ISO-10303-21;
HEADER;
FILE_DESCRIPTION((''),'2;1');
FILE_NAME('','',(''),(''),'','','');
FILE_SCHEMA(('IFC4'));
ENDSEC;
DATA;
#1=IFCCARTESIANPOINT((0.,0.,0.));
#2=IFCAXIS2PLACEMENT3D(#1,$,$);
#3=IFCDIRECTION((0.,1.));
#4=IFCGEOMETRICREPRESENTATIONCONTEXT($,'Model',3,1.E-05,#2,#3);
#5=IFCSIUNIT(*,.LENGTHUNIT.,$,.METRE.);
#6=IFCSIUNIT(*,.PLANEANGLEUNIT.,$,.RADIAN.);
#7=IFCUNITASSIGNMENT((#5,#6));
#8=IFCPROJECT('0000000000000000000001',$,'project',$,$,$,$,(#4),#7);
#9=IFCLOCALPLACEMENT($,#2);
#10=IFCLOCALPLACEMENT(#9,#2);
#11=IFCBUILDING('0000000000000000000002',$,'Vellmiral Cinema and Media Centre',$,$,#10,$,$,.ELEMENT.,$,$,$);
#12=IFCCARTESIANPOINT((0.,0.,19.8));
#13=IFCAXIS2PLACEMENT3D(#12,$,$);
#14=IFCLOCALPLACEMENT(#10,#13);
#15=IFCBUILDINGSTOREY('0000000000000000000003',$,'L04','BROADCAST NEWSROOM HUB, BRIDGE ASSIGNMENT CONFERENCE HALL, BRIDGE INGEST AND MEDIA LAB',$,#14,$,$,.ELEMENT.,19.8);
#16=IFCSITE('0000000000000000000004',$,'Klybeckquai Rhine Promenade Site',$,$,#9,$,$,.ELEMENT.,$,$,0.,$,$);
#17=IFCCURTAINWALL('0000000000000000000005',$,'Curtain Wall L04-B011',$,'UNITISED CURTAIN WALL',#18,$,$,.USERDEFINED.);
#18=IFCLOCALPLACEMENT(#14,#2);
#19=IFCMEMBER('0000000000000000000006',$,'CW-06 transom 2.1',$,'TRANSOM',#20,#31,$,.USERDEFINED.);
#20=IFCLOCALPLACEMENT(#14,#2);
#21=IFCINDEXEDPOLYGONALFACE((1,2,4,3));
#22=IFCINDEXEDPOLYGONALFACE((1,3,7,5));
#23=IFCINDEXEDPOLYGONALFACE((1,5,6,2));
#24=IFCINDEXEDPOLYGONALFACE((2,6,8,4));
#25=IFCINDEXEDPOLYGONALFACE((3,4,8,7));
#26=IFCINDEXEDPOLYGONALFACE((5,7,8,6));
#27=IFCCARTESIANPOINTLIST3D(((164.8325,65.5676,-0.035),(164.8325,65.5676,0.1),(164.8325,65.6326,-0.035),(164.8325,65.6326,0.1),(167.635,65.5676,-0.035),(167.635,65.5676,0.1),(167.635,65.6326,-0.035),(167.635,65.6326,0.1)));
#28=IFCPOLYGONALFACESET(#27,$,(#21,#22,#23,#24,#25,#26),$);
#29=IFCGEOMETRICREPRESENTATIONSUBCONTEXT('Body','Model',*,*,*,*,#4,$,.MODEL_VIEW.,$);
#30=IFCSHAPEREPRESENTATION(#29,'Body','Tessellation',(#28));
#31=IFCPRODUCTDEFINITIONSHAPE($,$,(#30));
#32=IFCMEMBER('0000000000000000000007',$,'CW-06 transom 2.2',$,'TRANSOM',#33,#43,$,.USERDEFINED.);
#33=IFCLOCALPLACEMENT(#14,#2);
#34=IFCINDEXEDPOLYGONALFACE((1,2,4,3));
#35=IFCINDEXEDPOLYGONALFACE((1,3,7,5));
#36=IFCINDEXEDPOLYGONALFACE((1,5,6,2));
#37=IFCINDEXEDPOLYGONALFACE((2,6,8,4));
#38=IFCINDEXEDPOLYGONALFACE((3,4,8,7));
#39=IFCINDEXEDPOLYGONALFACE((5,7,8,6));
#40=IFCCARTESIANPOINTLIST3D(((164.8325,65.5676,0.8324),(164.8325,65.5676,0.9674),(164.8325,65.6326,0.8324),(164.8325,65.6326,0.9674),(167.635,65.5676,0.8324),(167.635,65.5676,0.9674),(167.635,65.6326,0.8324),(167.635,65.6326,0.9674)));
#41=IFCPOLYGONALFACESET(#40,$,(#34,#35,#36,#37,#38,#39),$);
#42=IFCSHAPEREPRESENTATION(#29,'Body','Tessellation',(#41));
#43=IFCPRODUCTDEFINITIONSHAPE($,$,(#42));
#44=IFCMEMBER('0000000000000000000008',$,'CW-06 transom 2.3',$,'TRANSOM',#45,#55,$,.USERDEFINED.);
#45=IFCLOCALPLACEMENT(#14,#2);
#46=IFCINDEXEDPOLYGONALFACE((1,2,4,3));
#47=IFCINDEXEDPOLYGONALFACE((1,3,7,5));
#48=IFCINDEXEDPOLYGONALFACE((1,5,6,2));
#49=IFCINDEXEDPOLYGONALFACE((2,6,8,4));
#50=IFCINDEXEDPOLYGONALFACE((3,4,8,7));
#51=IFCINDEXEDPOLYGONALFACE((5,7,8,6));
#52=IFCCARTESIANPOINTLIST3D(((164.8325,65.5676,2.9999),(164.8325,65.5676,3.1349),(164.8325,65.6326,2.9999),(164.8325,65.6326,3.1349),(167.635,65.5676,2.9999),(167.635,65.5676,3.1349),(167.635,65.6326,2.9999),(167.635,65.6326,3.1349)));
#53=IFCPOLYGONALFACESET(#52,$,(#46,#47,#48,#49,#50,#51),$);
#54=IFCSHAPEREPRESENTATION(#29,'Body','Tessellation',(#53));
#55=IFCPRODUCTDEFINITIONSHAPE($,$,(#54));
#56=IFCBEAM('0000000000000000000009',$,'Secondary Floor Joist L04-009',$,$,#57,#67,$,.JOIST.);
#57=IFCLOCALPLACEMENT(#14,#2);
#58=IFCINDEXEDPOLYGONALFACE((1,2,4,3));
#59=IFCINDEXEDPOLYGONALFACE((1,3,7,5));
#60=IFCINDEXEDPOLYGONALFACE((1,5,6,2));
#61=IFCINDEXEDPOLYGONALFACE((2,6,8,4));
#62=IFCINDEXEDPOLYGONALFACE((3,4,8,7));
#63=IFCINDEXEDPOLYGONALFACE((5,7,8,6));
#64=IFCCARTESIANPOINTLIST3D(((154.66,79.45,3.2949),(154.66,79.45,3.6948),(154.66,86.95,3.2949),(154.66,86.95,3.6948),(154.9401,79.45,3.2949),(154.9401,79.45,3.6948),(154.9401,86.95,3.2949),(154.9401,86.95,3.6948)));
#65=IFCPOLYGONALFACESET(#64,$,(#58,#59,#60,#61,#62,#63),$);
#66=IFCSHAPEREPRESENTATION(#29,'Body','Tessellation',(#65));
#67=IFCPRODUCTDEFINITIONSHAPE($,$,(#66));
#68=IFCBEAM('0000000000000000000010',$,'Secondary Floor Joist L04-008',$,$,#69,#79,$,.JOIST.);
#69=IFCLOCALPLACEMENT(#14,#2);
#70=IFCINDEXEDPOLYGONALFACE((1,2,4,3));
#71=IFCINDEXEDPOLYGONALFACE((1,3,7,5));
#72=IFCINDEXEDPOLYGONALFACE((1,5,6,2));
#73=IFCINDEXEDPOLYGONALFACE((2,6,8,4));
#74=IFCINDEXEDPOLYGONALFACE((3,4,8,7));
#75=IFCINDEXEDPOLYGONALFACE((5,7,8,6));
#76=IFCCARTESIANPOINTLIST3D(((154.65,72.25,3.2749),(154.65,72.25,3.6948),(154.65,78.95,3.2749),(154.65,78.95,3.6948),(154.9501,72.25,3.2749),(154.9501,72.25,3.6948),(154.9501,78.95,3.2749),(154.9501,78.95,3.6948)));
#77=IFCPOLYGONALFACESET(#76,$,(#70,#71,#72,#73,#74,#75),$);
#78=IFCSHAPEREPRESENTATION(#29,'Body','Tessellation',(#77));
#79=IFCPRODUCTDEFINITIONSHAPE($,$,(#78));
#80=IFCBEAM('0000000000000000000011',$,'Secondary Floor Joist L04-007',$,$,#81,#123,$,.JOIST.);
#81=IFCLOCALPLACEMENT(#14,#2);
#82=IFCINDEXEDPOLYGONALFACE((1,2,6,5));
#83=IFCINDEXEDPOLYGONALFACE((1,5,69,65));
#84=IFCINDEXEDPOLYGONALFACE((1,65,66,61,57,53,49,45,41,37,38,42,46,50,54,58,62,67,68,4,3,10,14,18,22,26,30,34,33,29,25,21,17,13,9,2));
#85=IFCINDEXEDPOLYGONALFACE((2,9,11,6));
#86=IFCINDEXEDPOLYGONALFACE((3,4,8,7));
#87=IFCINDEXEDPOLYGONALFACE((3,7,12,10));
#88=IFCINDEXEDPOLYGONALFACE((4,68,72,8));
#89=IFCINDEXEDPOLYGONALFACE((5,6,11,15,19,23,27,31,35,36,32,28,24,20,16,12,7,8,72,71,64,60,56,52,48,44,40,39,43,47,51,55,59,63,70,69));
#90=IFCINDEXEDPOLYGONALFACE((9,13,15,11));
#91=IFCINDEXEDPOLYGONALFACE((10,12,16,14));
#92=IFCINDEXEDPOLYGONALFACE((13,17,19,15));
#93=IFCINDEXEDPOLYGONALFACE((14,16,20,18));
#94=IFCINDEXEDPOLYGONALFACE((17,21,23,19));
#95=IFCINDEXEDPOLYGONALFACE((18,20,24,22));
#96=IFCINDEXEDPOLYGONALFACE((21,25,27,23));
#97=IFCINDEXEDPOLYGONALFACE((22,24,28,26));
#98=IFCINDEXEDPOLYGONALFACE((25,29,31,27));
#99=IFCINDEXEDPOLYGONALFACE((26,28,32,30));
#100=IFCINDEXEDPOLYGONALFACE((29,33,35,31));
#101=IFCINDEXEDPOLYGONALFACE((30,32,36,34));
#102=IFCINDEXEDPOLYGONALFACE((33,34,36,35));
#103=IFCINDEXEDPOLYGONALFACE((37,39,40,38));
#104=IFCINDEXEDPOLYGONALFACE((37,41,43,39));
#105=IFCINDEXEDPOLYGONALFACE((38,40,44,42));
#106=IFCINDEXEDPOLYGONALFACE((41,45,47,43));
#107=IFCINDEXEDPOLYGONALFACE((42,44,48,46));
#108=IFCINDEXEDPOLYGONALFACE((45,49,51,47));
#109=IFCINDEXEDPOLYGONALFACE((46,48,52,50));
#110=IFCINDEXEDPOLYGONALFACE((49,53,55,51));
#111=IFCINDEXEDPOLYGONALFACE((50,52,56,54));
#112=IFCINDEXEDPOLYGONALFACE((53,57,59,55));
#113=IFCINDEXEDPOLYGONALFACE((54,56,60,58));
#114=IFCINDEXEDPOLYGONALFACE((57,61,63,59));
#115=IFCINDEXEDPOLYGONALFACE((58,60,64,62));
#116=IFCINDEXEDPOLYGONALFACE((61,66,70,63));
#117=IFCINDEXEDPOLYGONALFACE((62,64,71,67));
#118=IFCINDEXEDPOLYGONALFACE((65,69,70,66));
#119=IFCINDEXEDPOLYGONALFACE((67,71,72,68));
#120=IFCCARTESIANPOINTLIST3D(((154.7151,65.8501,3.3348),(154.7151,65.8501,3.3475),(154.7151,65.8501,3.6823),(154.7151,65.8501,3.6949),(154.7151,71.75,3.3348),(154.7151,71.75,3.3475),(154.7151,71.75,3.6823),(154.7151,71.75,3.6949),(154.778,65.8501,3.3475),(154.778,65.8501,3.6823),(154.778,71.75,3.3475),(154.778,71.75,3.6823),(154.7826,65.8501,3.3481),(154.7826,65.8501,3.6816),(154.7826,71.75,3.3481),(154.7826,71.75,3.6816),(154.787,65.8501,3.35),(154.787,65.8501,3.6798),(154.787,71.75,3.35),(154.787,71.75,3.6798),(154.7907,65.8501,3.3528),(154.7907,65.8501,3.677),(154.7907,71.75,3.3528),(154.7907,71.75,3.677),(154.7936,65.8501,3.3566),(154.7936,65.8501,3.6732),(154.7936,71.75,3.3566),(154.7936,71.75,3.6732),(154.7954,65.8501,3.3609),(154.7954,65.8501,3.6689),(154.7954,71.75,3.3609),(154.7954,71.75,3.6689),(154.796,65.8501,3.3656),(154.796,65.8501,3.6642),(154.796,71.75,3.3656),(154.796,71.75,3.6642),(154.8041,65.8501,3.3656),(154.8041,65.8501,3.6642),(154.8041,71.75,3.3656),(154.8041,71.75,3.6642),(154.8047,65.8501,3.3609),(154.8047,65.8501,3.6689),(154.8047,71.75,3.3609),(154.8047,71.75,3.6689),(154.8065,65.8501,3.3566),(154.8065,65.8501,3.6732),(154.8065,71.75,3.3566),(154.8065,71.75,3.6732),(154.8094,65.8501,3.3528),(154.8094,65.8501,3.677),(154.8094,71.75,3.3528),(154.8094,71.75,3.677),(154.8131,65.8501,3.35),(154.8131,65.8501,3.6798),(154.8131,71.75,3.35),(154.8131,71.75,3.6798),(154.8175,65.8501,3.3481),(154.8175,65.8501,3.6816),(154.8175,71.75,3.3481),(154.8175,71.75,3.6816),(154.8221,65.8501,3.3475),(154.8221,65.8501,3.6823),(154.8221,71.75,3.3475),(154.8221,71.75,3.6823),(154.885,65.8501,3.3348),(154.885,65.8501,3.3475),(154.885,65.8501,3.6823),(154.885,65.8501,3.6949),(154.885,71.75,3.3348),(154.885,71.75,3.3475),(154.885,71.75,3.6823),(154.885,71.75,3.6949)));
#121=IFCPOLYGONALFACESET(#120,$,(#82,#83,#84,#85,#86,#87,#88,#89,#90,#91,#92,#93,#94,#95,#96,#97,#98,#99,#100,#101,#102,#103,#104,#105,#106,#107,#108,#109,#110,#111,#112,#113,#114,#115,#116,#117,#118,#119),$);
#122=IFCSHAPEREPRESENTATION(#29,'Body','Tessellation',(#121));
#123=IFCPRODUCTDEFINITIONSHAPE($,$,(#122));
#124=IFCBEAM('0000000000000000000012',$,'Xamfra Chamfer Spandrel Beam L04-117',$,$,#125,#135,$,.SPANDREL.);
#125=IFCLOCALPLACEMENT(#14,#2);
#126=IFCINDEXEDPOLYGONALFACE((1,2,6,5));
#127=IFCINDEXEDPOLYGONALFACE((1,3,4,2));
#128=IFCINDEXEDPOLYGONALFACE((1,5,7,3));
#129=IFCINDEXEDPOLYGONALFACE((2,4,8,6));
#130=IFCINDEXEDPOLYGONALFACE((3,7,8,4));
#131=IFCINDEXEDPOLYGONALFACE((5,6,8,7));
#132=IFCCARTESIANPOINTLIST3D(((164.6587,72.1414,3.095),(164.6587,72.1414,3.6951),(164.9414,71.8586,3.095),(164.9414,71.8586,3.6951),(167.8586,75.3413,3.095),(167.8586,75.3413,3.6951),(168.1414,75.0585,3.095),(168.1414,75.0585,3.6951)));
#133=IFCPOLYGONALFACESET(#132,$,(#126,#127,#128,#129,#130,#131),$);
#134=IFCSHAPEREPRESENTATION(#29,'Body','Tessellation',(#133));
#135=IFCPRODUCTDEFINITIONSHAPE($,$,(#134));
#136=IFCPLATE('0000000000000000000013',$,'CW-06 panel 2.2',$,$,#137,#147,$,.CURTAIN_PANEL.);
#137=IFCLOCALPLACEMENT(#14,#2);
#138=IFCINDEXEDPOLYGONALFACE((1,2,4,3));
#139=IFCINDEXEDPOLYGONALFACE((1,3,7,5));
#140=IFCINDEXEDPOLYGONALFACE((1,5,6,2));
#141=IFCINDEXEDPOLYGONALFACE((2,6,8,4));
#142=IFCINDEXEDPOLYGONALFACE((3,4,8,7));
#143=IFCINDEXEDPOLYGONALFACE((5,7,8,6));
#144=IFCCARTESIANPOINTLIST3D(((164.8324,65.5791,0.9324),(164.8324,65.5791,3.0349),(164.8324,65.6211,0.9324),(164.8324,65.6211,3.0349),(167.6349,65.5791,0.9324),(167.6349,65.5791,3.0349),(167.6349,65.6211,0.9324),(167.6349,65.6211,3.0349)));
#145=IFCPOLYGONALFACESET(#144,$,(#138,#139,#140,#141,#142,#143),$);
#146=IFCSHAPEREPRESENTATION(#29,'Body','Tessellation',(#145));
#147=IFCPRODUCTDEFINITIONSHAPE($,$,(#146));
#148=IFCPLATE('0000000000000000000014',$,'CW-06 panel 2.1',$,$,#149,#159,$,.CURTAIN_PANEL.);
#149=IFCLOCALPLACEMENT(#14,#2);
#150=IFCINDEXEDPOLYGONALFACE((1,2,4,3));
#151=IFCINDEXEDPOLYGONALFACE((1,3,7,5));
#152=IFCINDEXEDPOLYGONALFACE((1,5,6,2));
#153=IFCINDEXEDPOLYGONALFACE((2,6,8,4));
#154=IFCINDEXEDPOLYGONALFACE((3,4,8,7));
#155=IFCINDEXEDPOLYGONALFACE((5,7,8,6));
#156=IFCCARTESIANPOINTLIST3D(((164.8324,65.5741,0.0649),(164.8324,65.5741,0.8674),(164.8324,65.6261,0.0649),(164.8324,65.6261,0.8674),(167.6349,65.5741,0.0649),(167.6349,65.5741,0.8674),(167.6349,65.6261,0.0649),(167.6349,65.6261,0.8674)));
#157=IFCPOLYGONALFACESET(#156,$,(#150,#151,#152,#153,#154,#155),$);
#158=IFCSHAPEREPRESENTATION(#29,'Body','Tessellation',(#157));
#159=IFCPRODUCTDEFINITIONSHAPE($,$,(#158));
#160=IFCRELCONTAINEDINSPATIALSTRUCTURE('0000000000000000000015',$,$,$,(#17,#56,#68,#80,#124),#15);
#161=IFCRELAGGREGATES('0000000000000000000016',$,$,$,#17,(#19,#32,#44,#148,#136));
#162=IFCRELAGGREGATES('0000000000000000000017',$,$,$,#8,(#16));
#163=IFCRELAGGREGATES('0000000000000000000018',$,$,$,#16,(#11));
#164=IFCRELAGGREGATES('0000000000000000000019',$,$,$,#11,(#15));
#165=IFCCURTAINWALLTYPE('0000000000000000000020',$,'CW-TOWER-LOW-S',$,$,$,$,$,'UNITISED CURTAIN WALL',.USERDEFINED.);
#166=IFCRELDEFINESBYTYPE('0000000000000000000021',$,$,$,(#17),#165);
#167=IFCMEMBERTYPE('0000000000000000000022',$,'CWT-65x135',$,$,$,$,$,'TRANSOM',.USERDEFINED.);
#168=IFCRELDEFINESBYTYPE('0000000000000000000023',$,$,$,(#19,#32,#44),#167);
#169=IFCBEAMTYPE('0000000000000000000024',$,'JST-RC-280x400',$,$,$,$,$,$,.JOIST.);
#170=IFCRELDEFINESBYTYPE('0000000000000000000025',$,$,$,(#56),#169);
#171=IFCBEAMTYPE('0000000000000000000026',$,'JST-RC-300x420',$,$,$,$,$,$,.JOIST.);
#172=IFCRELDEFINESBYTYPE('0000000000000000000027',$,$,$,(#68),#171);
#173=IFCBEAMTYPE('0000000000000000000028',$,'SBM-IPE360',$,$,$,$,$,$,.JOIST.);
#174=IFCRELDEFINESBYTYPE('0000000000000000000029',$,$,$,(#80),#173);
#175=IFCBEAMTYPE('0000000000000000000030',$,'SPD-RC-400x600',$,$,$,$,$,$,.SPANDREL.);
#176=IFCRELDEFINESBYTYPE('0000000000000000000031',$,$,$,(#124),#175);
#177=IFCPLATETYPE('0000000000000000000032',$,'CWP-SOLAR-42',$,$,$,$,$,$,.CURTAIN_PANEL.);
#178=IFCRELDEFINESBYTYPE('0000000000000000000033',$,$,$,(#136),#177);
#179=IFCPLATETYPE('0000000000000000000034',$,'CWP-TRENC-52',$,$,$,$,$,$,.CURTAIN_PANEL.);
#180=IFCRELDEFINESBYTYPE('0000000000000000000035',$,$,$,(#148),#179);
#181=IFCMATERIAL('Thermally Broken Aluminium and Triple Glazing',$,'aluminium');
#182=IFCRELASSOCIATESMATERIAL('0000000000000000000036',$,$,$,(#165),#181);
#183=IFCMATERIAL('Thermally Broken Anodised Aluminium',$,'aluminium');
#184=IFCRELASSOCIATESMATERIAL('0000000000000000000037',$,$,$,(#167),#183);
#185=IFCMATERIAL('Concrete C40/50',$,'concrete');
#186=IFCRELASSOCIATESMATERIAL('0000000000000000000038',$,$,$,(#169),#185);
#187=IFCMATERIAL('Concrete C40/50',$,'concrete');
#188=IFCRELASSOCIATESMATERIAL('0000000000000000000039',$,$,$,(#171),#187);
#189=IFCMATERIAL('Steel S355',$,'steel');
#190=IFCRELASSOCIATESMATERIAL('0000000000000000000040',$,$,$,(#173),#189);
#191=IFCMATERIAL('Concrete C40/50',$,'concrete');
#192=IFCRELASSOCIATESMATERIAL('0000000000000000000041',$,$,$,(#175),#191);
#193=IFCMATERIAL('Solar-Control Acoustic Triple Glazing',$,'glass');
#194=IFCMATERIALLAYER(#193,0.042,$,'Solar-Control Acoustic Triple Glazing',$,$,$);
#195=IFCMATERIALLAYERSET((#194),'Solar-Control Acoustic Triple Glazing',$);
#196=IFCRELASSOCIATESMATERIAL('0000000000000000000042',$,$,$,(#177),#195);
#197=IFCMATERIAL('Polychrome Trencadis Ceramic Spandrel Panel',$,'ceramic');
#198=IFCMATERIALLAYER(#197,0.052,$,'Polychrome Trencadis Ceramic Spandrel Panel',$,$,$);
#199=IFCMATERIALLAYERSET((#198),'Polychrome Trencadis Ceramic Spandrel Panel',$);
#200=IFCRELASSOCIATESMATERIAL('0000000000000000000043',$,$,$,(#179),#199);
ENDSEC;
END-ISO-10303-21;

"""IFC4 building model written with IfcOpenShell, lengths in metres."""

from ifc_helpers import new_model, si_unit, direction, frame, origin, origin_2d, place, context, subcontext, project, spatial, rectangle, i_section, extrude, material, layer, layer_set, material_profile, profile_set, type_object, element, aggregate, save


model = new_model("IFC4")

# Units and contexts
model_context = context("Model", 3, precision=1e-05, world=origin(), true_north=direction((0.0, 1.0)))
body_context = subcontext(model_context, "Body", "Model", "MODEL_VIEW")
ifc_project = project(units=[si_unit("LENGTHUNIT", "METRE"), si_unit("PLANEANGLEUNIT", "RADIAN")], contexts=[model_context])

# Site, building, storey
site_placement = place(None, origin())
site = spatial("IfcSite", under=ifc_project, at=site_placement, Name="Klybeckquai Rhine Promenade Site", CompositionType="ELEMENT", RefElevation=0.0)
building_placement = place(site_placement, origin())
building = spatial("IfcBuilding", under=site, at=building_placement, Name="Vellmiral Cinema and Media Centre", CompositionType="ELEMENT")
storey_placement = place(building_placement, frame((0.0, 0.0, 19.8)))
storey = spatial("IfcBuildingStorey", under=building, at=storey_placement, Name="L04", Description="BROADCAST NEWSROOM HUB, BRIDGE ASSIGNMENT CONFERENCE HALL, BRIDGE INGEST AND MEDIA LAB", CompositionType="ELEMENT", Elevation=19.8)

# Curtain wall, members
ifc_material_1 = material(Name="Thermally Broken Aluminium and Triple Glazing", Category="aluminium")
curtain_wall_type = type_object("IfcCurtainWallType", Name="CW-TOWER-LOW-S", ElementType="UNITISED CURTAIN WALL", PredefinedType="USERDEFINED", material=ifc_material_1)
curtain_wall_placement = place(storey_placement, origin())
curtain_wall = element("IfcCurtainWall", 1, at=curtain_wall_placement, inside=storey, type_object=curtain_wall_type, Name="Curtain Wall L04-B011", ObjectType="UNITISED CURTAIN WALL", PredefinedType="USERDEFINED")
ifc_material_2 = material(Name="Thermally Broken Anodised Aluminium", Category="aluminium")
ifc_material_profile_1 = material_profile(ifc_material_2, rectangle(XDim=0.0649, YDim=0.135, at=origin_2d()), Name="MULL 65x135")
ifc_profile_set_1 = profile_set([ifc_material_profile_1], Name="Thermally Broken Anodised Aluminium")
member_type_1 = type_object("IfcMemberType", Name="CWT-65x135", ElementType="TRANSOM", PredefinedType="USERDEFINED", material=ifc_profile_set_1)
member_1_placement = place(storey_placement, frame((164.8325, 65.6001, 0.0325), z_axis=(1.0, 0.0, 0.0), x_axis=(0.0, 1.0, 0.0)))
member_1 = element("IfcMember", 2, at=member_1_placement, type_object=member_type_1, Name="CW-06 transom 2.1", ObjectType="TRANSOM", PredefinedType="USERDEFINED", context=body_context, shape_type="SweptSolid", body=[
    extrude(rectangle(XDim=0.0649, YDim=0.135, at=origin_2d()), origin(), (0.0, 0.0, 1.0), 2.8025),
])
member_2_placement = place(storey_placement, frame((164.8325, 65.6001, 0.8999), z_axis=(1.0, 0.0, 0.0), x_axis=(0.0, 1.0, 0.0)))
member_2 = element("IfcMember", 3, at=member_2_placement, type_object=member_type_1, Name="CW-06 transom 2.2", ObjectType="TRANSOM", PredefinedType="USERDEFINED", context=body_context, shape_type="SweptSolid", body=[
    extrude(rectangle(XDim=0.0649, YDim=0.135, at=origin_2d()), origin(), (0.0, 0.0, 1.0), 2.8025),
])
member_3_placement = place(storey_placement, frame((164.8325, 65.6001, 3.0674), z_axis=(1.0, 0.0, 0.0), x_axis=(0.0, 1.0, 0.0)))
member_3 = element("IfcMember", 4, at=member_3_placement, type_object=member_type_1, Name="CW-06 transom 2.3", ObjectType="TRANSOM", PredefinedType="USERDEFINED", context=body_context, shape_type="SweptSolid", body=[
    extrude(rectangle(XDim=0.0649, YDim=0.135, at=origin_2d()), origin(), (0.0, 0.0, 1.0), 2.8025),
])

# Beams
ifc_material_3 = material(Name="Concrete C40/50", Category="concrete")
ifc_material_profile_2 = material_profile(ifc_material_3, rectangle(XDim=0.28, YDim=0.3999, at=origin_2d()), Name="RC 280x400")
ifc_profile_set_2 = profile_set([ifc_material_profile_2], Name="Concrete C40/50")
beam_type_1 = type_object("IfcBeamType", Name="JST-RC-280x400", PredefinedType="JOIST", material=ifc_profile_set_2)
beam_1_placement = place(storey_placement, frame((154.8, 79.45, 3.4949), z_axis=(0.0, 1.0, 0.0), x_axis=(-1.0, 0.0, 0.0)))
element("IfcBeam", 5, at=beam_1_placement, inside=storey, type_object=beam_type_1, Name="Secondary Floor Joist L04-009", PredefinedType="JOIST", context=body_context, shape_type="SweptSolid", body=[
    extrude(rectangle(XDim=0.28, YDim=0.3999, at=origin_2d()), origin(), (0.0, 0.0, 1.0), 7.5),
])
ifc_material_4 = material(Name="Concrete C40/50", Category="concrete")
ifc_material_profile_3 = material_profile(ifc_material_4, rectangle(XDim=0.3, YDim=0.4199, at=origin_2d()), Name="RC 300x420")
ifc_profile_set_3 = profile_set([ifc_material_profile_3], Name="Concrete C40/50")
beam_type_2 = type_object("IfcBeamType", Name="JST-RC-300x420", PredefinedType="JOIST", material=ifc_profile_set_3)
beam_2_placement = place(storey_placement, frame((154.8, 72.25, 3.4849), z_axis=(0.0, 1.0, 0.0), x_axis=(-1.0, 0.0, 0.0)))
element("IfcBeam", 6, at=beam_2_placement, inside=storey, type_object=beam_type_2, Name="Secondary Floor Joist L04-008", PredefinedType="JOIST", context=body_context, shape_type="SweptSolid", body=[
    extrude(rectangle(XDim=0.3, YDim=0.4199, at=origin_2d()), origin(), (0.0, 0.0, 1.0), 6.7),
])
ifc_material_5 = material(Name="Steel S355", Category="steel")
ifc_material_profile_4 = material_profile(ifc_material_5, i_section(OverallWidth=0.1699, OverallDepth=0.3601, WebThickness=0.0081, FlangeThickness=0.0127, FilletRadius=0.0181, at=origin_2d()), Name="IPE 360")
ifc_profile_set_4 = profile_set([ifc_material_profile_4], Name="Steel S355")
beam_type_3 = type_object("IfcBeamType", Name="SBM-IPE360", PredefinedType="JOIST", material=ifc_profile_set_4)
beam_3_placement = place(storey_placement, frame((154.8, 65.8501, 3.5149), z_axis=(0.0, 1.0, 0.0), x_axis=(-1.0, 0.0, 0.0)))
element("IfcBeam", 7, at=beam_3_placement, inside=storey, type_object=beam_type_3, Name="Secondary Floor Joist L04-007", PredefinedType="JOIST", context=body_context, shape_type="SweptSolid", body=[
    extrude(i_section(OverallWidth=0.1699, OverallDepth=0.3601, WebThickness=0.0081, FlangeThickness=0.0127, FilletRadius=0.0181, at=origin_2d()), origin(), (0.0, 0.0, 1.0), 5.8999),
])
ifc_material_6 = material(Name="Concrete C40/50", Category="concrete")
ifc_material_profile_5 = material_profile(ifc_material_6, rectangle(XDim=0.3999, YDim=0.6001, at=origin_2d()), Name="RC 400x600")
ifc_profile_set_5 = profile_set([ifc_material_profile_5], Name="Concrete C40/50")
beam_type_4 = type_object("IfcBeamType", Name="SPD-RC-400x600", PredefinedType="SPANDREL", material=ifc_profile_set_5)
beam_4_placement = place(storey_placement, frame((164.8, 72.0, 3.395), z_axis=(0.707107, 0.707107, 0.0), x_axis=(-0.707107, 0.707107, 0.0)))
element("IfcBeam", 8, at=beam_4_placement, inside=storey, type_object=beam_type_4, Name="Xamfra Chamfer Spandrel Beam L04-117", PredefinedType="SPANDREL", context=body_context, shape_type="SweptSolid", body=[
    extrude(rectangle(XDim=0.3999, YDim=0.6001, at=origin_2d()), origin(), (0.0, 0.0, 1.0), 4.5254),
])

# Plates
ifc_material_7 = material(Name="Solar-Control Acoustic Triple Glazing", Category="glass")
ifc_layer_1 = layer(ifc_material_7, 0.042, Name="Solar-Control Acoustic Triple Glazing")
ifc_layer_set_1 = layer_set([ifc_layer_1], Name="Solar-Control Acoustic Triple Glazing")
plate_type_1 = type_object("IfcPlateType", Name="CWP-SOLAR-42", PredefinedType="CURTAIN_PANEL", material=ifc_layer_set_1)
plate_1_placement = place(storey_placement, frame((166.2336, 65.6001, 0.9324), z_axis=(0.0, 0.0, 1.0), x_axis=(1.0, 0.0, 0.0)))
plate_1 = element("IfcPlate", 9, at=plate_1_placement, type_object=plate_type_1, Name="CW-06 panel 2.2", PredefinedType="CURTAIN_PANEL", context=body_context, shape_type="SweptSolid", body=[
    extrude(rectangle(XDim=2.8025, YDim=0.042, at=origin_2d()), origin(), (0.0, 0.0, 1.0), 2.1025),
])
ifc_material_8 = material(Name="Polychrome Trencadis Ceramic Spandrel Panel", Category="ceramic")
ifc_layer_2 = layer(ifc_material_8, 0.052, Name="Polychrome Trencadis Ceramic Spandrel Panel")
ifc_layer_set_2 = layer_set([ifc_layer_2], Name="Polychrome Trencadis Ceramic Spandrel Panel")
plate_type_2 = type_object("IfcPlateType", Name="CWP-TRENC-52", PredefinedType="CURTAIN_PANEL", material=ifc_layer_set_2)
plate_2_placement = place(storey_placement, frame((166.2336, 65.6001, 0.0649), z_axis=(0.0, 0.0, 1.0), x_axis=(1.0, 0.0, 0.0)))
plate_2 = element("IfcPlate", 10, at=plate_2_placement, type_object=plate_type_2, Name="CW-06 panel 2.1", PredefinedType="CURTAIN_PANEL", context=body_context, shape_type="SweptSolid", body=[
    extrude(rectangle(XDim=2.8025, YDim=0.052, at=origin_2d()), origin(), (0.0, 0.0, 1.0), 0.8025),
])
aggregate(curtain_wall, [member_1, member_2, member_3, plate_2, plate_1])

save(model, "model.ifc")
